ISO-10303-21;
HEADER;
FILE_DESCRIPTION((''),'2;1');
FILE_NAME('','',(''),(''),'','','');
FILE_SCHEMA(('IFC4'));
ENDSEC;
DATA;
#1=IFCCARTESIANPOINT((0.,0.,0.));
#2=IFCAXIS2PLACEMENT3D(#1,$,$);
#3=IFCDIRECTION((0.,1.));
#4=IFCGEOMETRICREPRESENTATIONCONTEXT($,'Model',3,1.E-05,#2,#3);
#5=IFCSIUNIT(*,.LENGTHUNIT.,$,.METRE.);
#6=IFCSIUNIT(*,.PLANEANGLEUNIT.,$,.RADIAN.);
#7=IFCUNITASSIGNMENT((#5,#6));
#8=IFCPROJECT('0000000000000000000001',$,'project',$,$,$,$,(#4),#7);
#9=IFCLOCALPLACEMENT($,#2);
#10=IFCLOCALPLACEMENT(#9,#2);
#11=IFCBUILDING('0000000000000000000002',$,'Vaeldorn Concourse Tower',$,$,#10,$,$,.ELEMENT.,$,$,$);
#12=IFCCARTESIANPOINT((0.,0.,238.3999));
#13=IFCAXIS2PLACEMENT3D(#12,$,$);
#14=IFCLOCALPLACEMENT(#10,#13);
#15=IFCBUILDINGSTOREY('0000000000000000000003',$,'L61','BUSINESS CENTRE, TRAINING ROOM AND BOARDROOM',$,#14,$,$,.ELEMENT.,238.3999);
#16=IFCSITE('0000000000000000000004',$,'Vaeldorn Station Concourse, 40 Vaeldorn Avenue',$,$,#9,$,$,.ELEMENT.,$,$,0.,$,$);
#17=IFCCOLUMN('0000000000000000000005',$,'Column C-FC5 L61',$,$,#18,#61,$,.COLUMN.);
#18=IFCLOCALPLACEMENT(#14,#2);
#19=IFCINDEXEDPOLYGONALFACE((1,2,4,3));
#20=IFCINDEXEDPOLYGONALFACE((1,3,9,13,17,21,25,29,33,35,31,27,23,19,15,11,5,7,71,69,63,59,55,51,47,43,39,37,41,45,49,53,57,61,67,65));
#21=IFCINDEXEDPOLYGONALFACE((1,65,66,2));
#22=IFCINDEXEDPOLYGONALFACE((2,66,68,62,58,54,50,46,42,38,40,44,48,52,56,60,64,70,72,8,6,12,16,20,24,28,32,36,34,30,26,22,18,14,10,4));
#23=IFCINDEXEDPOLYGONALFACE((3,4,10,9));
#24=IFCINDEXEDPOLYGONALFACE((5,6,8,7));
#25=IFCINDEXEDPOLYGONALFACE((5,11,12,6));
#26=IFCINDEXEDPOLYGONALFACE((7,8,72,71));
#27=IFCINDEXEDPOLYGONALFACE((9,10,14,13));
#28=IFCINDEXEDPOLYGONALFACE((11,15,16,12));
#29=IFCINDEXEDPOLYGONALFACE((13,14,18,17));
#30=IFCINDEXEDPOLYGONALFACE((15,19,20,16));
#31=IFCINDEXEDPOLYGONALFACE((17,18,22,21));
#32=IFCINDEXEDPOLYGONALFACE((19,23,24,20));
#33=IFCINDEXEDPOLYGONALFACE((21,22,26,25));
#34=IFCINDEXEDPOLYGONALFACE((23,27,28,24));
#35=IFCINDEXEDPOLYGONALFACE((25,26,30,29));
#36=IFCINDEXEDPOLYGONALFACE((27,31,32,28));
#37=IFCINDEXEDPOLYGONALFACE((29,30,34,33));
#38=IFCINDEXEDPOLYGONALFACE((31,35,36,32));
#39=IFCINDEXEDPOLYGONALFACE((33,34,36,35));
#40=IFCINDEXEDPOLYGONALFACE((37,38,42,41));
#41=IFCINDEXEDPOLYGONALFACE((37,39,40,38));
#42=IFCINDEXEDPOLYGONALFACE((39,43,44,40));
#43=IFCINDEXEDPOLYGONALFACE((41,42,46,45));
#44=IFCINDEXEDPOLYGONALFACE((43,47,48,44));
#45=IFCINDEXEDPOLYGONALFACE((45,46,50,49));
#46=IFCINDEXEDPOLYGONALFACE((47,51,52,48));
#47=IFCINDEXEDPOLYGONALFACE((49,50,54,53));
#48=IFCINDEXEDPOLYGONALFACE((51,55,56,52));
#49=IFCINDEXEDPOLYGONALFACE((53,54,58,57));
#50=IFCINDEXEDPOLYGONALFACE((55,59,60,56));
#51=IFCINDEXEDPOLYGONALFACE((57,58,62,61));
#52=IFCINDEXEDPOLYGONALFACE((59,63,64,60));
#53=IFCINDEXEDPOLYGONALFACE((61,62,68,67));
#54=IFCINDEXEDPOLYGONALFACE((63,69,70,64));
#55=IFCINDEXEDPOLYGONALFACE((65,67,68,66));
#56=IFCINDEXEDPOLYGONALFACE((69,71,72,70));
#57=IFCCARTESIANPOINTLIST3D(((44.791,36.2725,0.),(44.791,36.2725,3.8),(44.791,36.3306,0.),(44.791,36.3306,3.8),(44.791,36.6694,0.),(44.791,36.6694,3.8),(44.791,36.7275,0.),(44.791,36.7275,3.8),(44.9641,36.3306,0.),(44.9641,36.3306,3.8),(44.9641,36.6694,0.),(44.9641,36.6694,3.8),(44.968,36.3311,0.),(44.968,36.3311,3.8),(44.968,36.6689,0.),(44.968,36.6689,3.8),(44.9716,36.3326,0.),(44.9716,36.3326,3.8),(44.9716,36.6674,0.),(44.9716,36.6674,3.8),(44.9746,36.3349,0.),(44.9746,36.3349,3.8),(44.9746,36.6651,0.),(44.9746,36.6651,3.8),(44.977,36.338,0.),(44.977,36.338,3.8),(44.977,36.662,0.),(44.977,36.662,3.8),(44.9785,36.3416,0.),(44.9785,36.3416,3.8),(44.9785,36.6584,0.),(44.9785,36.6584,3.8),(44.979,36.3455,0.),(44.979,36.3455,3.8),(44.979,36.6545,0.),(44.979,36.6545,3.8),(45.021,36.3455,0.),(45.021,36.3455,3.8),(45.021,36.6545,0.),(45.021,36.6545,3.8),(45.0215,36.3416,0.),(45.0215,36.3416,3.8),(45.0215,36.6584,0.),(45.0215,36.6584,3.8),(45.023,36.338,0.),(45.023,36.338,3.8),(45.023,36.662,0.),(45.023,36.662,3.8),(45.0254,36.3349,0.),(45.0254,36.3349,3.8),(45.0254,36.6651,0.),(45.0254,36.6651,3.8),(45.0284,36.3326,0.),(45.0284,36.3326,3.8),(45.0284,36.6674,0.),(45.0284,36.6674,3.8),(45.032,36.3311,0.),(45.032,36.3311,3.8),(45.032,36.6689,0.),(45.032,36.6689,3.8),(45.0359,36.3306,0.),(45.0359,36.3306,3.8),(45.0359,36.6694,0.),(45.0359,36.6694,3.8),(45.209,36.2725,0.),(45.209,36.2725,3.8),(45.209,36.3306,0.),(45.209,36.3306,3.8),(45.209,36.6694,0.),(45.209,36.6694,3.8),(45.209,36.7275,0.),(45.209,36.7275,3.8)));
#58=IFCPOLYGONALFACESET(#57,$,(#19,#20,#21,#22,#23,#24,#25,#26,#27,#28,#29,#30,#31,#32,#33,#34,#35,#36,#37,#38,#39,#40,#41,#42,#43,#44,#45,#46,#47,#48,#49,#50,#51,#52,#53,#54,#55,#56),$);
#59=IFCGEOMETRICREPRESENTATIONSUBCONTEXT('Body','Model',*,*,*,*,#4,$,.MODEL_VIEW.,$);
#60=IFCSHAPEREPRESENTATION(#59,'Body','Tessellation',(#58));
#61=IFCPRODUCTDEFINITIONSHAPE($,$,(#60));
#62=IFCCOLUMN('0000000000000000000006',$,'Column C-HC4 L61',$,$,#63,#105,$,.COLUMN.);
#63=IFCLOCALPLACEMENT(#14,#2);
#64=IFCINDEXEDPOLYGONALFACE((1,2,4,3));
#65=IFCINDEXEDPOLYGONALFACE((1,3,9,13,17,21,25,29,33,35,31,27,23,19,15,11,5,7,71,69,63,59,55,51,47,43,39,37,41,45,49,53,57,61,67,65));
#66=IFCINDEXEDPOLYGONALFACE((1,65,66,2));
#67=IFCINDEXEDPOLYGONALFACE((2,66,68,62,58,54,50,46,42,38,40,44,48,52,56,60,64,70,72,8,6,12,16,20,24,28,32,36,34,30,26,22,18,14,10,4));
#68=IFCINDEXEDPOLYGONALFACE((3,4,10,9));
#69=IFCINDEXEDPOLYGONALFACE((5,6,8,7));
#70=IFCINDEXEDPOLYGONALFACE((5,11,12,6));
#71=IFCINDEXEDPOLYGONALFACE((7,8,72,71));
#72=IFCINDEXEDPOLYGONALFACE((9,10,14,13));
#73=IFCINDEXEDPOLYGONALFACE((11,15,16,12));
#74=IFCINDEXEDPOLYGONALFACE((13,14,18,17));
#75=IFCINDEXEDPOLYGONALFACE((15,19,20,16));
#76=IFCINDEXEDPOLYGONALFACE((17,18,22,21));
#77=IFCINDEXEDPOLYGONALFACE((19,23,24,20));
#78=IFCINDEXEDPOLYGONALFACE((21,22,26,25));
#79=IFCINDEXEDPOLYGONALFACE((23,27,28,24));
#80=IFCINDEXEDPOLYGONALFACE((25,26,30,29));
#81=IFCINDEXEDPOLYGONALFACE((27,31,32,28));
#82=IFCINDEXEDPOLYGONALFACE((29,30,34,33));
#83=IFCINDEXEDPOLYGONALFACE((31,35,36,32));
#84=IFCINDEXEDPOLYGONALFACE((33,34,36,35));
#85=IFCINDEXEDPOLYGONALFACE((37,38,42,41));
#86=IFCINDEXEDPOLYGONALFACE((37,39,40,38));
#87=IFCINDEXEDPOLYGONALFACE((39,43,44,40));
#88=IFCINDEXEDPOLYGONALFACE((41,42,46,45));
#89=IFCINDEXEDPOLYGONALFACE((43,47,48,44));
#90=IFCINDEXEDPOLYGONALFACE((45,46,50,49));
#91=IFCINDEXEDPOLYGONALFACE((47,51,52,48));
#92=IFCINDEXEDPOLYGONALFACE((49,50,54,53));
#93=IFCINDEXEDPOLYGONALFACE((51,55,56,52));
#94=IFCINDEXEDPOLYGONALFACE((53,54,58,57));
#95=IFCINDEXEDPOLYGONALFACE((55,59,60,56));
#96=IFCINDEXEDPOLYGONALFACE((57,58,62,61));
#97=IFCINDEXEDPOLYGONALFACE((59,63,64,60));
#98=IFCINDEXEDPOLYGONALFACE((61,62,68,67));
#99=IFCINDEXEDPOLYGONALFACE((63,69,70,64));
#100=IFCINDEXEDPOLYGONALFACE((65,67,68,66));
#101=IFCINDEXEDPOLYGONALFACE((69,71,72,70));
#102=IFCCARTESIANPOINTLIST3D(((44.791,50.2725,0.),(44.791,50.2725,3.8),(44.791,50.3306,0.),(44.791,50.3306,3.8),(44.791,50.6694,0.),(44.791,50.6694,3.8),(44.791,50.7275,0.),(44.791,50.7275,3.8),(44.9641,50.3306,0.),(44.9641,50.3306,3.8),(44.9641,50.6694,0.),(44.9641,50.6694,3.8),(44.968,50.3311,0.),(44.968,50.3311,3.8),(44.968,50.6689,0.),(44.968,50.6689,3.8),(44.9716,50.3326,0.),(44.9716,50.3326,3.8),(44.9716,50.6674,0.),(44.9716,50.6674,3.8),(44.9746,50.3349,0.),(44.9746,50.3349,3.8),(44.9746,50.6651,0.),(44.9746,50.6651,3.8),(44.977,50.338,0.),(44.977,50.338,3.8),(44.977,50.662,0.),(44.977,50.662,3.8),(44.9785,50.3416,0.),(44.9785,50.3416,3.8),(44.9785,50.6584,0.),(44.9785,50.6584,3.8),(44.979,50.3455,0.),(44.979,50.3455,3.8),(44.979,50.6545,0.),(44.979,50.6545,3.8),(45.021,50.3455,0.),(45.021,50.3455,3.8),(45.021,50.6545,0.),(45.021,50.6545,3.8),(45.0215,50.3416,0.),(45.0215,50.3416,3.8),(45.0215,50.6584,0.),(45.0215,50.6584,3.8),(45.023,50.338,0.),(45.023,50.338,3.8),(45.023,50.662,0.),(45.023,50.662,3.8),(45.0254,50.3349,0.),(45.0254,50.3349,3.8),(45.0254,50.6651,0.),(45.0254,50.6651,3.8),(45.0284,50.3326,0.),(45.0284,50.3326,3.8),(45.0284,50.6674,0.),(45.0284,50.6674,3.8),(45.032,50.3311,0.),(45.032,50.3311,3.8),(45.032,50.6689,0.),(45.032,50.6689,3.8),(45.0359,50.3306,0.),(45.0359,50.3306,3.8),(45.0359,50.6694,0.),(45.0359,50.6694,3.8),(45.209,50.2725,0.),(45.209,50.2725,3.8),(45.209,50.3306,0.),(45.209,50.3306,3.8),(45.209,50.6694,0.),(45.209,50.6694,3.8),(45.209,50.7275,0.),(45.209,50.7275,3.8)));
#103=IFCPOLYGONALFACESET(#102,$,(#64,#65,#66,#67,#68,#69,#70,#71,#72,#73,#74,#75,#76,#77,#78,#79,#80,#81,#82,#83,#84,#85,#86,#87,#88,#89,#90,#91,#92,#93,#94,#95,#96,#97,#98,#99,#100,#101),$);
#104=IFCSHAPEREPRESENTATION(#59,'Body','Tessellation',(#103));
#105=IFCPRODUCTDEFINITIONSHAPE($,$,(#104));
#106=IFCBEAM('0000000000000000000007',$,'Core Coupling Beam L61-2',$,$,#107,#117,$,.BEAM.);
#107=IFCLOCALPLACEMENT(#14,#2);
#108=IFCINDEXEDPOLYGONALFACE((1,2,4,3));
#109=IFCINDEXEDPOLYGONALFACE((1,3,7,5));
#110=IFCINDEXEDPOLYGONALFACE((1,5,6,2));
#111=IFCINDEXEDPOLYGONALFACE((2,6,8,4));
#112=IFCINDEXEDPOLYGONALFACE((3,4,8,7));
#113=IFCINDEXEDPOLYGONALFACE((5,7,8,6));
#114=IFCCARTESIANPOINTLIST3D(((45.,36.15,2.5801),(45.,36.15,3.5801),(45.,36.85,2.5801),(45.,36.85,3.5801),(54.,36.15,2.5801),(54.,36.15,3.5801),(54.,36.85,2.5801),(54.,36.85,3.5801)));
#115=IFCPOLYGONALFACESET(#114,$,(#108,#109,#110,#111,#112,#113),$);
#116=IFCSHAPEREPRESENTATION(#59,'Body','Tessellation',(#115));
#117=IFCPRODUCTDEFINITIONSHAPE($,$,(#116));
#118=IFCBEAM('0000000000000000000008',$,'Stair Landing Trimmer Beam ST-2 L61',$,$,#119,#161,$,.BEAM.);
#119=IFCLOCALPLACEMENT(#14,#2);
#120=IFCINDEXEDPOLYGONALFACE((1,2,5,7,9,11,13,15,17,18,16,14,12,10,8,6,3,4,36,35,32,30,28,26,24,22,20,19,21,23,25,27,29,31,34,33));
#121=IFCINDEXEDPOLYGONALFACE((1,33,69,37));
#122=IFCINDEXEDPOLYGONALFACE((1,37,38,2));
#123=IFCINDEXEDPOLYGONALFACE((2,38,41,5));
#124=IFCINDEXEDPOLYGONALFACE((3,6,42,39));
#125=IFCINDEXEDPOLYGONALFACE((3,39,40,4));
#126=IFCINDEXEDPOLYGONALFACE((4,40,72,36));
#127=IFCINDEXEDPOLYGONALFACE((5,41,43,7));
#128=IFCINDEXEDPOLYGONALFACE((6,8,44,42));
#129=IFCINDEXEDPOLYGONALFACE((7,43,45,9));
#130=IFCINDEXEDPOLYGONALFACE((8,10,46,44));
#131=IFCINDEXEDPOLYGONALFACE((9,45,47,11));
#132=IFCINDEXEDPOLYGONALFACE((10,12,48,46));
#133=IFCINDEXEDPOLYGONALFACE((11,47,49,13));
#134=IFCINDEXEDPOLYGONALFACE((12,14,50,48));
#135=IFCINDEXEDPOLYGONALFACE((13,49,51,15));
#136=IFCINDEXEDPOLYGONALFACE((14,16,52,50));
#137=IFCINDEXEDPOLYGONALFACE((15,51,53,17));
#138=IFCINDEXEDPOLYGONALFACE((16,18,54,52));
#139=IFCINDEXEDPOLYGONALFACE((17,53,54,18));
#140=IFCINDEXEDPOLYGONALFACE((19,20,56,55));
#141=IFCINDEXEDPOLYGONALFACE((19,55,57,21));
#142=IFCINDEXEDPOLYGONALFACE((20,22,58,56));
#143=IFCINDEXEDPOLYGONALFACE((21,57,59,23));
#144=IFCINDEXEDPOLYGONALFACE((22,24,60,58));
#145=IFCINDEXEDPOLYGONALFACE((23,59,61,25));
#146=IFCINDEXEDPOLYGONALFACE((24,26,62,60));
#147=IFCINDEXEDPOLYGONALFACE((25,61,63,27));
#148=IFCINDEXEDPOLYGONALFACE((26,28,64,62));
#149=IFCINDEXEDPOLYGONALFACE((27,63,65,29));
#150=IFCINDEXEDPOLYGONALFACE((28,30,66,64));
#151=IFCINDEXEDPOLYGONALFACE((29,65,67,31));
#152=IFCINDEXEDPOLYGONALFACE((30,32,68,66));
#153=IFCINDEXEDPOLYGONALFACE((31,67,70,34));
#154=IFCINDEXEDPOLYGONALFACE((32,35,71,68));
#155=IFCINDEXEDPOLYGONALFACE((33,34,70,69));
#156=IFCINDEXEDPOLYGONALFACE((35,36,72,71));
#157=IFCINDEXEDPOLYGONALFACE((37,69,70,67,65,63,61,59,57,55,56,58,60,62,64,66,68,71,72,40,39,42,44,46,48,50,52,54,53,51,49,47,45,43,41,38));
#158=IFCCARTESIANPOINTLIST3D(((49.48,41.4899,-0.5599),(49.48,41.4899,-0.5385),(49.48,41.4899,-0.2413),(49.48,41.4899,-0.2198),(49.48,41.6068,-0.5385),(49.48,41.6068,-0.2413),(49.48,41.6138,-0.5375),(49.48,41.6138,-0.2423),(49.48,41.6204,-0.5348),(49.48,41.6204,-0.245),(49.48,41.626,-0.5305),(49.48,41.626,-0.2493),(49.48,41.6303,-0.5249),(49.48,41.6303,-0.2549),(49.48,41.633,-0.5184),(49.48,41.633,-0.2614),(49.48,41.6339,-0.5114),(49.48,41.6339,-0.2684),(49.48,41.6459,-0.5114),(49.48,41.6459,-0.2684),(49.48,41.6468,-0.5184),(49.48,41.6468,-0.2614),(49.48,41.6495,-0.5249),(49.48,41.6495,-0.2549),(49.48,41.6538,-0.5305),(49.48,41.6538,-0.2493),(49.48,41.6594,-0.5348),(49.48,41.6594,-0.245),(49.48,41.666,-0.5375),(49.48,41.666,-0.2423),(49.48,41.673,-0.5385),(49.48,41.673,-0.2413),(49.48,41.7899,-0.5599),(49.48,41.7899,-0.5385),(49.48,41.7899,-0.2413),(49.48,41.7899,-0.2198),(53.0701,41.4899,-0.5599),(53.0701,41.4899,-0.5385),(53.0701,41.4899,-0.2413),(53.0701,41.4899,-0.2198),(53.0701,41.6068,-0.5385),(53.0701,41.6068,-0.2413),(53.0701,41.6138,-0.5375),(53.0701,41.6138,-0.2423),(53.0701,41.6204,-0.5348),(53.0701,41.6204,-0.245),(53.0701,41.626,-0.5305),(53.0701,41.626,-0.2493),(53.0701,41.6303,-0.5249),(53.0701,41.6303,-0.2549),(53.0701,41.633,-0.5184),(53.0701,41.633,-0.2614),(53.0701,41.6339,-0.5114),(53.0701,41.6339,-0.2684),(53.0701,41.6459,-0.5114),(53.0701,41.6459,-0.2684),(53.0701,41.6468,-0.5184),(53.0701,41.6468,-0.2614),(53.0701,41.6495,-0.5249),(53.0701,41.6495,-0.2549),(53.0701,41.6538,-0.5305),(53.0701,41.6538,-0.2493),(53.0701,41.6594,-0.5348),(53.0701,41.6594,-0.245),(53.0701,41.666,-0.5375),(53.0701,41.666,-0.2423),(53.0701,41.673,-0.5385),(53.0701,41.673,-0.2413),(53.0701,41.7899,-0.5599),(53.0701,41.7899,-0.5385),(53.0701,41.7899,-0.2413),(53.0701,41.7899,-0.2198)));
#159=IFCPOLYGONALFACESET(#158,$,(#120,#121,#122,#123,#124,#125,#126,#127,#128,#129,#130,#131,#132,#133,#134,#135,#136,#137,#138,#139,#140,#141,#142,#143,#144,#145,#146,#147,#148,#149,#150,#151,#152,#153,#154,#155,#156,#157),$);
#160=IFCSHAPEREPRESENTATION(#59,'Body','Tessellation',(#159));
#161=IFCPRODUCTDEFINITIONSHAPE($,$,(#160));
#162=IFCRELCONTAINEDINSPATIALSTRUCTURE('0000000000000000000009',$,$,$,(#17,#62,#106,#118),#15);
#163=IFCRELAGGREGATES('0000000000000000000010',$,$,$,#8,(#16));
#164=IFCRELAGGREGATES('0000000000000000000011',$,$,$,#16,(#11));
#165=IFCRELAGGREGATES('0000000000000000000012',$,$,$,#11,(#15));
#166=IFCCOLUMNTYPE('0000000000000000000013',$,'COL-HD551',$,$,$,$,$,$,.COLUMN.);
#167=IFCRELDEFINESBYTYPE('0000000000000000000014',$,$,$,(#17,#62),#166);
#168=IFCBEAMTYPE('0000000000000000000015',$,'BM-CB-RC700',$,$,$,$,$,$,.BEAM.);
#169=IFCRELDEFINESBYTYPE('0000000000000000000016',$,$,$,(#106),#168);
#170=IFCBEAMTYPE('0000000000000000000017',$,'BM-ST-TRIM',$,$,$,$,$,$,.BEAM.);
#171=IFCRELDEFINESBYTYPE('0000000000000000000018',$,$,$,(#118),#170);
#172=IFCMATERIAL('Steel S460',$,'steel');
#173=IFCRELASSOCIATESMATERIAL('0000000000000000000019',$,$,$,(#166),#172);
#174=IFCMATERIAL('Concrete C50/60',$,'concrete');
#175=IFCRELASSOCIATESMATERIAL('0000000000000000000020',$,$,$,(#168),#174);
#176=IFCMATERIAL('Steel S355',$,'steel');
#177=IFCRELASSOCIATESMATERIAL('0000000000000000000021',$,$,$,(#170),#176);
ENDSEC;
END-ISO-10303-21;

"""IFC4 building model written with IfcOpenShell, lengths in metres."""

from ifc_helpers import new_model, si_unit, direction, frame, origin, origin_2d, place, context, subcontext, project, spatial, rectangle, i_section, extrude, source, transform, mapped, material, material_profile, profile_set, type_object, element, save


model = new_model("IFC4")

# Units and contexts
model_context = context("Model", 3, precision=1e-05, world=origin(), true_north=direction((0.0, 1.0)))
body_context = subcontext(model_context, "Body", "Model", "MODEL_VIEW")
ifc_project = project(units=[si_unit("LENGTHUNIT", "METRE"), si_unit("PLANEANGLEUNIT", "RADIAN")], contexts=[model_context])

# Site, building, storey
site_placement = place(None, origin())
site = spatial("IfcSite", under=ifc_project, at=site_placement, Name="Vaeldorn Station Concourse, 40 Vaeldorn Avenue", CompositionType="ELEMENT", RefElevation=0.0)
building_placement = place(site_placement, origin())
building = spatial("IfcBuilding", under=site, at=building_placement, Name="Vaeldorn Concourse Tower", CompositionType="ELEMENT")
storey_placement = place(building_placement, frame((0.0, 0.0, 238.3999)))
storey = spatial("IfcBuildingStorey", under=building, at=storey_placement, Name="L61", Description="BUSINESS CENTRE, TRAINING ROOM AND BOARDROOM", CompositionType="ELEMENT", Elevation=238.3999)

# Columns
ifc_material_1 = material(Name="Steel S460", Category="steel")
ifc_material_profile_1 = material_profile(ifc_material_1, i_section(OverallWidth=0.418, OverallDepth=0.4551, WebThickness=0.042, FlangeThickness=0.0581, FilletRadius=0.0149, at=origin_2d()), Name="HD 400x551")
ifc_profile_set_1 = profile_set([ifc_material_profile_1], Name="Steel S460")
column_type = type_object("IfcColumnType", Name="COL-HD551", PredefinedType="COLUMN", material=ifc_profile_set_1)
shared_shape_1 = source(origin(), body_context, "Body", "SweptSolid", [
    extrude(i_section(OverallWidth=0.418, OverallDepth=0.4551, WebThickness=0.042, FlangeThickness=0.0581, FilletRadius=0.0149, at=origin_2d()), origin(), (0.0, 0.0, 1.0), 3.8),
])
for number, where, z_axis, x_axis, name in (
    (1, (45.0, 36.5, 0.0), (0.0, 0.0, 1.0), (1.0, 0.0, 0.0), "Column C-FC5 L61"),
    (2, (45.0, 50.5, 0.0), (0.0, 0.0, 1.0), (1.0, 0.0, 0.0), "Column C-HC4 L61"),
):
    element("IfcColumn", number, at=place(storey_placement, frame(where, z_axis=z_axis, x_axis=x_axis)), inside=storey, type_object=column_type, Name=name, PredefinedType="COLUMN", context=body_context, shape_type="MappedRepresentation", body=[
        mapped(shared_shape_1, transform((0.0, 0.0, 0.0), scale=1.0)),
    ])

# Beams
ifc_material_2 = material(Name="Concrete C50/60", Category="concrete")
ifc_material_profile_2 = material_profile(ifc_material_2, rectangle(XDim=0.7, YDim=1.0, at=origin_2d()), Name="RC 700x1000")
ifc_profile_set_2 = profile_set([ifc_material_profile_2], Name="Concrete C50/60")
beam_type_1 = type_object("IfcBeamType", Name="BM-CB-RC700", PredefinedType="BEAM", material=ifc_profile_set_2)
shared_shape_2 = source(origin(), body_context, "Body", "SweptSolid", [
    extrude(rectangle(XDim=0.7, YDim=1.0, at=origin_2d()), origin(), (0.0, 0.0, 1.0), 9.0),
])
beam_1_placement = place(storey_placement, frame((45.0, 36.5, 3.0801), z_axis=(1.0, 0.0, 0.0), x_axis=(0.0, 1.0, 0.0)))
element("IfcBeam", 3, at=beam_1_placement, inside=storey, type_object=beam_type_1, Name="Core Coupling Beam L61-2", PredefinedType="BEAM", context=body_context, shape_type="MappedRepresentation", body=[
    mapped(shared_shape_2, transform((0.0, 0.0, 0.0), scale=1.0)),
])
ifc_material_3 = material(Name="Steel S355", Category="steel")
ifc_material_profile_3 = material_profile(ifc_material_3, i_section(OverallWidth=0.3, OverallDepth=0.3401, WebThickness=0.012, FlangeThickness=0.0215, FilletRadius=0.0271, at=origin_2d()), Name="HEB 340")
ifc_profile_set_3 = profile_set([ifc_material_profile_3], Name="Steel S355")
beam_type_2 = type_object("IfcBeamType", Name="BM-ST-TRIM", PredefinedType="BEAM", material=ifc_profile_set_3)
shared_shape_3 = source(origin(), body_context, "Body", "SweptSolid", [
    extrude(i_section(OverallWidth=0.3, OverallDepth=0.3401, WebThickness=0.012, FlangeThickness=0.0215, FilletRadius=0.0271, at=origin_2d()), origin(), (0.0, 0.0, 1.0), 3.5901),
])
beam_2_placement = place(storey_placement, frame((49.48, 41.6399, -0.3899), z_axis=(1.0, 0.0, 0.0), x_axis=(0.0, 1.0, 0.0)))
element("IfcBeam", 4, at=beam_2_placement, inside=storey, type_object=beam_type_2, Name="Stair Landing Trimmer Beam ST-2 L61", PredefinedType="BEAM", context=body_context, shape_type="MappedRepresentation", body=[
    mapped(shared_shape_3, transform((0.0, 0.0, 0.0), scale=1.0)),
])

save(model, "model.ifc")
